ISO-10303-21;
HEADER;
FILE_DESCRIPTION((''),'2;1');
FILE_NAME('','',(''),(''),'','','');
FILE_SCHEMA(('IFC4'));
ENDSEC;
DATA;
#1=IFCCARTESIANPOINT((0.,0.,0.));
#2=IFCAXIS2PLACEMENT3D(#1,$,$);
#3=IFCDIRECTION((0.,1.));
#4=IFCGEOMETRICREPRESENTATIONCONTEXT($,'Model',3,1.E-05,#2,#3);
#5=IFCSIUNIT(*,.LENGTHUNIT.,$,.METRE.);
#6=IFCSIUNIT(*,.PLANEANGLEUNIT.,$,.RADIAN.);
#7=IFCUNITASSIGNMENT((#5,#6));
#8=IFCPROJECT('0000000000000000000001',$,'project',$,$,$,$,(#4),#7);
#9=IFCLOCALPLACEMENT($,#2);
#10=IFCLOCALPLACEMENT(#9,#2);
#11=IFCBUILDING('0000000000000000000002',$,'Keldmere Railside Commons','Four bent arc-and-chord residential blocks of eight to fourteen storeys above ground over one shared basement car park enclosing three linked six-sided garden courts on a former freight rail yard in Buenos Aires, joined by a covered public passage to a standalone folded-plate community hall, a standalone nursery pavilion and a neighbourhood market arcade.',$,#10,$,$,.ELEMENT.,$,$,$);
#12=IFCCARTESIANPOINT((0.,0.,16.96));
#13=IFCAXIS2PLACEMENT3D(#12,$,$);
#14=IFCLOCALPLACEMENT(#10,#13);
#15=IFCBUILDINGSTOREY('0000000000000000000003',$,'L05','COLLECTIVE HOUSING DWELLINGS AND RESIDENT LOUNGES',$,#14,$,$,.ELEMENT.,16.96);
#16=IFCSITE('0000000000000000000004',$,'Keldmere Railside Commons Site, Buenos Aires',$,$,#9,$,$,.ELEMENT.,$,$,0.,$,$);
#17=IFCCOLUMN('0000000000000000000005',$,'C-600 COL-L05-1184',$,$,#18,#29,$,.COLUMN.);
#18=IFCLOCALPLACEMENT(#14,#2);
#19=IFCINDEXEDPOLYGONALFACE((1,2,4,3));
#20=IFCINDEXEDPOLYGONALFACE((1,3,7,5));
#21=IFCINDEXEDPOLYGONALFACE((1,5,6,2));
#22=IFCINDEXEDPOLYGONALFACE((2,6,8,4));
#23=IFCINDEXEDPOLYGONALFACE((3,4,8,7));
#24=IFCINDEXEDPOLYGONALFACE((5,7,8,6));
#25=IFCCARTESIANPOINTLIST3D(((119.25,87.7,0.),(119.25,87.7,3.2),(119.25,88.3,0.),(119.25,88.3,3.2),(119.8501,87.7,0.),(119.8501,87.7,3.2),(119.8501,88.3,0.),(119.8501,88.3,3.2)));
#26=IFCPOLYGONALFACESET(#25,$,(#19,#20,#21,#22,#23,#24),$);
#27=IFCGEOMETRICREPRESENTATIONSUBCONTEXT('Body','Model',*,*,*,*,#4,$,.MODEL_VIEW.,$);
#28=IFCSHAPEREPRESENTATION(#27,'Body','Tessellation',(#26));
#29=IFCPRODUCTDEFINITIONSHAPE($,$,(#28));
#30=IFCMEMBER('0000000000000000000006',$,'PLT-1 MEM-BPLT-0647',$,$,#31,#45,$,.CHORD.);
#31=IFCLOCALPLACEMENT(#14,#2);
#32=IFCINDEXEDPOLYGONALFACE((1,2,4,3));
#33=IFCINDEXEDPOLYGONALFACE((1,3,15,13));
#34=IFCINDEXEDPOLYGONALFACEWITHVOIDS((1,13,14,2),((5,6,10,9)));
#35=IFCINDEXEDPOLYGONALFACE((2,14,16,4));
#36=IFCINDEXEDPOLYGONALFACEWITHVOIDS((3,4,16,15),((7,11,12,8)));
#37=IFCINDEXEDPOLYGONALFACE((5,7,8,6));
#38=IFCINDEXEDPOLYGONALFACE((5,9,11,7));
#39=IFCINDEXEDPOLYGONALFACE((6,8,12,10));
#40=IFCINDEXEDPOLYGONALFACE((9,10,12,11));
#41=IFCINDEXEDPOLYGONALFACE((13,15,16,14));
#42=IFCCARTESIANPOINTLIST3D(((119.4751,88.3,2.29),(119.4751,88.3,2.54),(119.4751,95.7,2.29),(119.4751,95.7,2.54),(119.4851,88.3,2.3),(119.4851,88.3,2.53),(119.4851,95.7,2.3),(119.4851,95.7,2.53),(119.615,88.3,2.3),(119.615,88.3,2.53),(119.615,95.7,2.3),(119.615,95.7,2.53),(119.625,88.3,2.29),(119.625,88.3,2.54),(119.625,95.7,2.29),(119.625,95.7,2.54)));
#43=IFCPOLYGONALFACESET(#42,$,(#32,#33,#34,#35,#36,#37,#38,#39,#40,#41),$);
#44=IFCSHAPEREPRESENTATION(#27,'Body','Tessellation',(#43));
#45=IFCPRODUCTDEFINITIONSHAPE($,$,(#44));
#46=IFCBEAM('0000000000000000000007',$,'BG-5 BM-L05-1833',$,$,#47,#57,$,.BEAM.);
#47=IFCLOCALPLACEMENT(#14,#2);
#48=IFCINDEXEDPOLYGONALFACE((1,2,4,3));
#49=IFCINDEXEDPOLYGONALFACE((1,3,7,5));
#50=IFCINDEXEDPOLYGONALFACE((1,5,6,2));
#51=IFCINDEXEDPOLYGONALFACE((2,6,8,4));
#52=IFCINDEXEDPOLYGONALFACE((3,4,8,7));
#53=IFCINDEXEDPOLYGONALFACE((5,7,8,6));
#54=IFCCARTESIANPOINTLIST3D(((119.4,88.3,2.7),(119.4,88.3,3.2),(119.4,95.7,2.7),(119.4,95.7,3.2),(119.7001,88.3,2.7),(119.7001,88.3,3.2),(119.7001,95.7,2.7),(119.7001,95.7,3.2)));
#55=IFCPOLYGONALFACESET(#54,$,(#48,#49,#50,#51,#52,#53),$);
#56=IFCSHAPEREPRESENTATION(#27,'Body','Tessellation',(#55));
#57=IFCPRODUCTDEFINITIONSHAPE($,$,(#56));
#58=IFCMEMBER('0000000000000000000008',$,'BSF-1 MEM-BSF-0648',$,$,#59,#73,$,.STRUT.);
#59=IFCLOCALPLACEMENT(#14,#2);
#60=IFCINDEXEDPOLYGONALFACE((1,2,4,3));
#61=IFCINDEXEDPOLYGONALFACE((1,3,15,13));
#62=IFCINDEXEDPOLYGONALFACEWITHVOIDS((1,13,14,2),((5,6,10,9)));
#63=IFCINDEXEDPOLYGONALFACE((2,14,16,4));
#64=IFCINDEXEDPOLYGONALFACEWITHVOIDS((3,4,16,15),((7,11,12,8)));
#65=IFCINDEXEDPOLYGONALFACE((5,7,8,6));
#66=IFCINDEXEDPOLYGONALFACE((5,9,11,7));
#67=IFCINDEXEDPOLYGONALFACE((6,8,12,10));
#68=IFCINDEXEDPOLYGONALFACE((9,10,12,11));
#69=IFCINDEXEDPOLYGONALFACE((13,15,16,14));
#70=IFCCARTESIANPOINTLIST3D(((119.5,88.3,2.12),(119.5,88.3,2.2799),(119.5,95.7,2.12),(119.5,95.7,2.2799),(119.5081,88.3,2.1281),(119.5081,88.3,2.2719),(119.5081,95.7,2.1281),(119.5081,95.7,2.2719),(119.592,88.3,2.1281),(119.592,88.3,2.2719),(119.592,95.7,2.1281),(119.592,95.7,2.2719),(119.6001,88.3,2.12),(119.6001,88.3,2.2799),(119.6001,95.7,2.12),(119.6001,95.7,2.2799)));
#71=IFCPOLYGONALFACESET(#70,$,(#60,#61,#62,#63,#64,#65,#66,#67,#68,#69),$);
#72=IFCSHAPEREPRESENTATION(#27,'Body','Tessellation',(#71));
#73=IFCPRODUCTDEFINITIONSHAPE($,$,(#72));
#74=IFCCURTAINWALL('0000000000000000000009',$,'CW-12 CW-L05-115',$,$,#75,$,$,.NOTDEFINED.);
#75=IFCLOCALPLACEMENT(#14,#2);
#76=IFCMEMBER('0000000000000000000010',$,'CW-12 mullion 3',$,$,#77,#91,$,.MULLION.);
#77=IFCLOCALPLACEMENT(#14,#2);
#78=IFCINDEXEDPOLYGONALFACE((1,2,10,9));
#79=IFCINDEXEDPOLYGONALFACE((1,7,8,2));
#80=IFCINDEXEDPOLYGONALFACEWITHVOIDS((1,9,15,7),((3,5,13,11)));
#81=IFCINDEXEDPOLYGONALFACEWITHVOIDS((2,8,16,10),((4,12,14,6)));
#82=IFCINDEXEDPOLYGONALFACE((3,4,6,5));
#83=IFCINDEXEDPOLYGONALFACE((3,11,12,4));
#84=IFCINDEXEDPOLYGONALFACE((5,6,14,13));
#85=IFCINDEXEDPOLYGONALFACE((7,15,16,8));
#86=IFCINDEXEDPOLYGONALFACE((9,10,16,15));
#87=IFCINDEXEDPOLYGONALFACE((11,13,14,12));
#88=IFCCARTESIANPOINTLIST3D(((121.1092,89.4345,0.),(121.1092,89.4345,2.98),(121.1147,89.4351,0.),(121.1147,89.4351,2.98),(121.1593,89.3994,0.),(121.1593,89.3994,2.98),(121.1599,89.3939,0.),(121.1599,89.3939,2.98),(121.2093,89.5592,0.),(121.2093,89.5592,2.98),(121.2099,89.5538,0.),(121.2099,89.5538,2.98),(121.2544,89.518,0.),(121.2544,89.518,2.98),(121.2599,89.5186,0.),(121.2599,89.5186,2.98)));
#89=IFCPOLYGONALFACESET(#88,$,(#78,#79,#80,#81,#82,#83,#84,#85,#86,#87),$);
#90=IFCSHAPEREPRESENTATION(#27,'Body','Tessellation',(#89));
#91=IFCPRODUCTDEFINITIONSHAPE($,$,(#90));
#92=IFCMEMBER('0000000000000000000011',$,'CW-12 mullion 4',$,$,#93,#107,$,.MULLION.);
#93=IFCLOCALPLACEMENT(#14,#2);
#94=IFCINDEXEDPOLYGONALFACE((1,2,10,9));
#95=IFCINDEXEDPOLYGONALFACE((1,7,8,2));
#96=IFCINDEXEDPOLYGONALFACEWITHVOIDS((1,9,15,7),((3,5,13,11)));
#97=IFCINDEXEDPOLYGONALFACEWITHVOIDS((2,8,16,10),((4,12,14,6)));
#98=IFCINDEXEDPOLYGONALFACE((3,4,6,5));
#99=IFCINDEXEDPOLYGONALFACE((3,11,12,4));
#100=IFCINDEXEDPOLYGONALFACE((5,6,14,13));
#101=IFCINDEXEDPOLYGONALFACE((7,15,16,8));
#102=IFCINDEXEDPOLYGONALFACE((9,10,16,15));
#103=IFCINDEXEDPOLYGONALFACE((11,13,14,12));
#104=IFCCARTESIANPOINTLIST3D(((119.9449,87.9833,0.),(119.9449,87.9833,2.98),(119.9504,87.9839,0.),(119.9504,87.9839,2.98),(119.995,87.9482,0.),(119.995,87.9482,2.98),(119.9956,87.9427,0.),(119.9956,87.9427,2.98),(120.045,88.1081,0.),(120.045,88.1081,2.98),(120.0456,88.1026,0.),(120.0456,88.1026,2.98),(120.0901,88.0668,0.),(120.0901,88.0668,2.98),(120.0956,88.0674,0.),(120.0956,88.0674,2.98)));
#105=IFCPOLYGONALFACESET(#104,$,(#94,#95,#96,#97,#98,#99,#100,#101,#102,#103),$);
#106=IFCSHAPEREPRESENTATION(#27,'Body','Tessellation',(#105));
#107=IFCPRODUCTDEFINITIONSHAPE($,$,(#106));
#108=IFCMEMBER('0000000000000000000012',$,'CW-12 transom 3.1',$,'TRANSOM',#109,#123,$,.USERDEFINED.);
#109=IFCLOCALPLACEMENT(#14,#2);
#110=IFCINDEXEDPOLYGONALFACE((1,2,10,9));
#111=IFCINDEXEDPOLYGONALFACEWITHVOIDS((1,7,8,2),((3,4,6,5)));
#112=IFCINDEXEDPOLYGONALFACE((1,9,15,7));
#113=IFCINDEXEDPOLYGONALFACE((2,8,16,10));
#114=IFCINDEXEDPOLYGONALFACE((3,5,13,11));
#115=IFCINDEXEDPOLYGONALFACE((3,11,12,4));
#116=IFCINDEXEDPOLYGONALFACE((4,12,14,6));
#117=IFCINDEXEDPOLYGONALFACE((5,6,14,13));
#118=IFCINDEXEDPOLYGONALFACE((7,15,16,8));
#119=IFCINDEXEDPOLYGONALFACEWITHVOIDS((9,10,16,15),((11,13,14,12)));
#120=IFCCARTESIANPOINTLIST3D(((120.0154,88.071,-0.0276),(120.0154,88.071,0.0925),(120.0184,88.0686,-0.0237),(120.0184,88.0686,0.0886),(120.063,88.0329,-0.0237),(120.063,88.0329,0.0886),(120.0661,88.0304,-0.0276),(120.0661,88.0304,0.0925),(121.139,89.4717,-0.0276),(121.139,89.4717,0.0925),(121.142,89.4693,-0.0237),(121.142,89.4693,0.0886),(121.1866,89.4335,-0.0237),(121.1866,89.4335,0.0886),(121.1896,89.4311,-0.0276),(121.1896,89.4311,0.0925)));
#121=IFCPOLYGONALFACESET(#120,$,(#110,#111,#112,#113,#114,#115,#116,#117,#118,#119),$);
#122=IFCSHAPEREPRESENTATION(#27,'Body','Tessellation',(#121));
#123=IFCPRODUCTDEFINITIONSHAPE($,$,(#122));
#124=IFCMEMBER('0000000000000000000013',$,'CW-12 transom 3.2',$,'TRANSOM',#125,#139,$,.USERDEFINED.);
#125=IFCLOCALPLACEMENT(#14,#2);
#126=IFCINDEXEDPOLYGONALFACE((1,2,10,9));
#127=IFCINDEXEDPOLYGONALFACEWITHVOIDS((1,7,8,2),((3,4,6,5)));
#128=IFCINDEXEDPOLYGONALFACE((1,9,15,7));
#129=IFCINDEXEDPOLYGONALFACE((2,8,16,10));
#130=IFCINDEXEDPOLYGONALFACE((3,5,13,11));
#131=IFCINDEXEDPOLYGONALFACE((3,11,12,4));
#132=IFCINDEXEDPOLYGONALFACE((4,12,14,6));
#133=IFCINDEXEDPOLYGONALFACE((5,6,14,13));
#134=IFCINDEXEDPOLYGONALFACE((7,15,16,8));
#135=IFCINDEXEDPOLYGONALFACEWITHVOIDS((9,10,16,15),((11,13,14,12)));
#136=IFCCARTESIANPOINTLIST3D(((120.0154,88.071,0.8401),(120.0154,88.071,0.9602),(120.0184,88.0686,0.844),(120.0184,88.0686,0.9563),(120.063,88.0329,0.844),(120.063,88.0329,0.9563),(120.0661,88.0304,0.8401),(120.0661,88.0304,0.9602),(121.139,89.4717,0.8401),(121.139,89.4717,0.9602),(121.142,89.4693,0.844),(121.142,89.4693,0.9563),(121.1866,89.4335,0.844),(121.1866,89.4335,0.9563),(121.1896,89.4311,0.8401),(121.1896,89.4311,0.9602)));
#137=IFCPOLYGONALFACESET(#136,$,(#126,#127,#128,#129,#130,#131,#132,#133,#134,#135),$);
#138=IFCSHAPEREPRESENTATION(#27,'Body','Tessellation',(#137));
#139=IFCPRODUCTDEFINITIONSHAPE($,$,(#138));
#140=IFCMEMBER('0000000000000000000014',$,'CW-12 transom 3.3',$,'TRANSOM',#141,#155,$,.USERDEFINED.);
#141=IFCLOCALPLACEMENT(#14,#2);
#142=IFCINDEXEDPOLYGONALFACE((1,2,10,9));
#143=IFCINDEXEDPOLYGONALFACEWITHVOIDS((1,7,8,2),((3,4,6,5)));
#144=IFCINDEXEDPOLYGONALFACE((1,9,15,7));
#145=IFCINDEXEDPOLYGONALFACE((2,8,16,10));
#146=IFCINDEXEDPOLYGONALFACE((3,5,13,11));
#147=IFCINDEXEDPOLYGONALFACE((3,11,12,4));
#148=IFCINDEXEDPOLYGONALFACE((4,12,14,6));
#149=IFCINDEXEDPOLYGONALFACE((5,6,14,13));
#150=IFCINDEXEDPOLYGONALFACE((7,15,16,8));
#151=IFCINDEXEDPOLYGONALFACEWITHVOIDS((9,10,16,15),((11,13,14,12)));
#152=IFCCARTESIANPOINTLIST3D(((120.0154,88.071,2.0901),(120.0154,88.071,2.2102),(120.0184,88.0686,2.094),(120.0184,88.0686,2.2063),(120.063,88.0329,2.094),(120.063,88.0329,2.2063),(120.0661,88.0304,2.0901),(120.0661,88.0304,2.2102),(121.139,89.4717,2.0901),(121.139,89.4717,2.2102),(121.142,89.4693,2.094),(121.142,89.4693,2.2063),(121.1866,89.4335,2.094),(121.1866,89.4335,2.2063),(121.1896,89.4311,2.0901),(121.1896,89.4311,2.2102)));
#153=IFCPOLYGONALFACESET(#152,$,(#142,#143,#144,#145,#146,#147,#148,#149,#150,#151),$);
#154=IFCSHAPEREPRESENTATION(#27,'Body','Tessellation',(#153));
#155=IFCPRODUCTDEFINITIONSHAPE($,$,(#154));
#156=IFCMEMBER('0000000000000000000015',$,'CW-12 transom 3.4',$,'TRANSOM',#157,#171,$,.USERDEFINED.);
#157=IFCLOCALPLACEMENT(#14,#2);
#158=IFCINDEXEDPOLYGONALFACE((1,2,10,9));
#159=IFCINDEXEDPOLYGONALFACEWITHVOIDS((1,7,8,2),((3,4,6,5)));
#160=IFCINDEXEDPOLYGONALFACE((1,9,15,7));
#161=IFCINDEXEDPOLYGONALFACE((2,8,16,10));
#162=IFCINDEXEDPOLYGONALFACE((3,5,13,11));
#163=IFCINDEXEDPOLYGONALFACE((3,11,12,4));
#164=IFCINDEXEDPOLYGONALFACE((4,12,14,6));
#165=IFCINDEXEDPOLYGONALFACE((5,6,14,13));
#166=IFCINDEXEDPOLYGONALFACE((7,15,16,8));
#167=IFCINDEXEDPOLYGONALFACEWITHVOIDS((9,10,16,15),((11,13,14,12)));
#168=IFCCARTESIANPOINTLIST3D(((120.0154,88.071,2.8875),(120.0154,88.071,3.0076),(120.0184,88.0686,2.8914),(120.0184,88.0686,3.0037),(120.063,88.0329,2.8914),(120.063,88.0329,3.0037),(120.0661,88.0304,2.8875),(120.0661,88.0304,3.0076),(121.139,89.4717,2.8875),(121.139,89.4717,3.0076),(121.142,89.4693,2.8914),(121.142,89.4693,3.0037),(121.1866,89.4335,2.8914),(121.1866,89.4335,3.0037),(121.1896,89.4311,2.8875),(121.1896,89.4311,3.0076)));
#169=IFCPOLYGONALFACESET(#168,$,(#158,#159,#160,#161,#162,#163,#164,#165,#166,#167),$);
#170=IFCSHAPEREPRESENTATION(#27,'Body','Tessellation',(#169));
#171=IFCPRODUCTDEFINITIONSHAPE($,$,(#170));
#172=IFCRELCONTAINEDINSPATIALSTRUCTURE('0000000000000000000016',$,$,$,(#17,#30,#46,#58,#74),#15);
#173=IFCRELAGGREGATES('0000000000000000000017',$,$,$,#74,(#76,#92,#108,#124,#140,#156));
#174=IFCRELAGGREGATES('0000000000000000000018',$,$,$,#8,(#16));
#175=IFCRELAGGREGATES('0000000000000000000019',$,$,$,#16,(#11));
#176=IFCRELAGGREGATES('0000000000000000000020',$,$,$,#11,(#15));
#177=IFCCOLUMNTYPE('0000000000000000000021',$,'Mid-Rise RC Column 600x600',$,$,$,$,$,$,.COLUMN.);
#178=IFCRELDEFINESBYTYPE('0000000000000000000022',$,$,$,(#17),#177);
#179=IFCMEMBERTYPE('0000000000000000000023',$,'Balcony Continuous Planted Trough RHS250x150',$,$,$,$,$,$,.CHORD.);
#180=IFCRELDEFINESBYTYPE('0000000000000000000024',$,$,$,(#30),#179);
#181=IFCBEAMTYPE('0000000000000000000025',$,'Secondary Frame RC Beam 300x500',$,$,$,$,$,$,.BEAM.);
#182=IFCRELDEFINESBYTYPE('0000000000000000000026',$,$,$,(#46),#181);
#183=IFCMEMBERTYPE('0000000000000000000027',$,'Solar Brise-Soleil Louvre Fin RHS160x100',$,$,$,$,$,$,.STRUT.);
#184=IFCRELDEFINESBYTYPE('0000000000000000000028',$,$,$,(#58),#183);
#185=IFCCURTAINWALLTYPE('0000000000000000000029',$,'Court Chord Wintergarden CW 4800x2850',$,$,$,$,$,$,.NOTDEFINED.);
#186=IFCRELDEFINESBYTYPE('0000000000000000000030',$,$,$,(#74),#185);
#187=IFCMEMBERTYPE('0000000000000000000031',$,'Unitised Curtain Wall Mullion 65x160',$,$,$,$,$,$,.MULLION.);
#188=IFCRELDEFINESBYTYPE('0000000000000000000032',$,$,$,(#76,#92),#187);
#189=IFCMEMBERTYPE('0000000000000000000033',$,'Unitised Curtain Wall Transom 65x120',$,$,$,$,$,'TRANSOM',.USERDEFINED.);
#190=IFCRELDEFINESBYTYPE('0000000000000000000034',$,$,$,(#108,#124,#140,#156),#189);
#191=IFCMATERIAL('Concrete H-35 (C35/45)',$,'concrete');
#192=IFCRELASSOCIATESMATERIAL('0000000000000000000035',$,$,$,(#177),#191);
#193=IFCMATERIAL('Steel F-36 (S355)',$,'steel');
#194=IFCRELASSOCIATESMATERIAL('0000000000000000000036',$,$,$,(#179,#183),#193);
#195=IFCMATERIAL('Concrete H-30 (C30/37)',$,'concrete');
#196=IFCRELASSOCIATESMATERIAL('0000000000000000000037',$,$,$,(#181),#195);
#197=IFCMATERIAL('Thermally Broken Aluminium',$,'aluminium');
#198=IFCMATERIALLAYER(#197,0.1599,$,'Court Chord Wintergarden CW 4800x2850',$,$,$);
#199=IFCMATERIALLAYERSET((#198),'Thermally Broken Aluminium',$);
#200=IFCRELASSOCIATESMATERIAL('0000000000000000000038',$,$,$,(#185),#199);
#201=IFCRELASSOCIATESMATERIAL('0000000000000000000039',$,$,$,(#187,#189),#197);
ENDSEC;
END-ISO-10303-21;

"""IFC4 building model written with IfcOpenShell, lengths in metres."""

from ifc_helpers import new_model, si_unit, direction, frame, origin, origin_2d, place, context, subcontext, project, spatial, rectangle, hollow_rectangle, extrude, material, layer, layer_set, material_profile, profile_set, type_object, element, aggregate, save


model = new_model("IFC4")

# Units and contexts
model_context = context("Model", 3, precision=1e-05, world=origin(), true_north=direction((0.0, 1.0)))
body_context = subcontext(model_context, "Body", "Model", "MODEL_VIEW")
ifc_project = project(units=[si_unit("LENGTHUNIT", "METRE"), si_unit("PLANEANGLEUNIT", "RADIAN")], contexts=[model_context])

# Site, building, storey
site_placement = place(None, origin())
site = spatial("IfcSite", under=ifc_project, at=site_placement, Name="Keldmere Railside Commons Site, Buenos Aires", CompositionType="ELEMENT", RefElevation=0.0)
building_placement = place(site_placement, origin())
building = spatial("IfcBuilding", under=site, at=building_placement, Name="Keldmere Railside Commons", Description="Four bent arc-and-chord residential blocks of eight to fourteen storeys above ground over one shared basement car park enclosing three linked six-sided garden courts on a former freight rail yard in Buenos Aires, joined by a covered public passage to a standalone folded-plate community hall, a standalone nursery pavilion and a neighbourhood market arcade.", CompositionType="ELEMENT")
storey_placement = place(building_placement, frame((0.0, 0.0, 16.96)))
storey = spatial("IfcBuildingStorey", under=building, at=storey_placement, Name="L05", Description="COLLECTIVE HOUSING DWELLINGS AND RESIDENT LOUNGES", CompositionType="ELEMENT", Elevation=16.96)

# Column
ifc_material_1 = material(Name="Concrete H-35 (C35/45)", Category="concrete")
ifc_material_profile_1 = material_profile(ifc_material_1, rectangle(XDim=0.6001, YDim=0.6001, at=origin_2d()), Name="RC-600x600")
ifc_profile_set_1 = profile_set([ifc_material_profile_1], Name="Concrete H-35 (C35/45)")
column_type = type_object("IfcColumnType", Name="Mid-Rise RC Column 600x600", PredefinedType="COLUMN", material=ifc_profile_set_1)
column_placement = place(storey_placement, frame((119.55, 88.0, 0.0), z_axis=(0.0, 0.0, 1.0), x_axis=(1.0, 0.0, 0.0)))
element("IfcColumn", 1, at=column_placement, inside=storey, type_object=column_type, Name="C-600 COL-L05-1184", PredefinedType="COLUMN", context=body_context, shape_type="SweptSolid", body=[
    extrude(rectangle(XDim=0.6001, YDim=0.6001, at=origin_2d()), origin(), (0.0, 0.0, 1.0), 3.2),
])

# Member
ifc_material_2 = material(Name="Steel F-36 (S355)", Category="steel")
ifc_material_profile_2 = material_profile(ifc_material_2, hollow_rectangle(XDim=0.1499, YDim=0.25, WallThickness=0.01, at=origin_2d()), Name="RHS-250x150x10")
ifc_profile_set_2 = profile_set([ifc_material_profile_2], Name="Steel F-36 (S355)")
member_type_1 = type_object("IfcMemberType", Name="Balcony Continuous Planted Trough RHS250x150", PredefinedType="CHORD", material=ifc_profile_set_2)
member_1_placement = place(storey_placement, frame((119.55, 88.3, 2.415), z_axis=(0.0, 1.0, 0.0), x_axis=(-1.0, 0.0, 0.0)))
element("IfcMember", 2, at=member_1_placement, inside=storey, type_object=member_type_1, Name="PLT-1 MEM-BPLT-0647", PredefinedType="CHORD", context=body_context, shape_type="SweptSolid", body=[
    extrude(hollow_rectangle(XDim=0.1499, YDim=0.25, WallThickness=0.01, at=origin_2d()), origin(), (0.0, 0.0, 1.0), 7.3999),
])

# Beam
ifc_material_3 = material(Name="Concrete H-30 (C30/37)", Category="concrete")
ifc_material_profile_3 = material_profile(ifc_material_3, rectangle(XDim=0.3, YDim=0.5, at=origin_2d()), Name="RC-300x500")
ifc_profile_set_3 = profile_set([ifc_material_profile_3], Name="Concrete H-30 (C30/37)")
beam_type = type_object("IfcBeamType", Name="Secondary Frame RC Beam 300x500", PredefinedType="BEAM", material=ifc_profile_set_3)
beam_placement = place(storey_placement, frame((119.55, 88.3, 2.95), z_axis=(0.0, 1.0, 0.0), x_axis=(-1.0, 0.0, 0.0)))
element("IfcBeam", 3, at=beam_placement, inside=storey, type_object=beam_type, Name="BG-5 BM-L05-1833", PredefinedType="BEAM", context=body_context, shape_type="SweptSolid", body=[
    extrude(rectangle(XDim=0.3, YDim=0.5, at=origin_2d()), origin(), (0.0, 0.0, 1.0), 7.3999),
])

# Member
ifc_material_profile_4 = material_profile(ifc_material_2, hollow_rectangle(XDim=0.1001, YDim=0.1599, WallThickness=0.0081, at=origin_2d()), Name="RHS-160x100x8")
ifc_profile_set_4 = profile_set([ifc_material_profile_4], Name="Steel F-36 (S355)")
member_type_2 = type_object("IfcMemberType", Name="Solar Brise-Soleil Louvre Fin RHS160x100", PredefinedType="STRUT", material=ifc_profile_set_4)
member_2_placement = place(storey_placement, frame((119.55, 88.3, 2.2), z_axis=(0.0, 1.0, 0.0), x_axis=(-1.0, 0.0, 0.0)))
element("IfcMember", 4, at=member_2_placement, inside=storey, type_object=member_type_2, Name="BSF-1 MEM-BSF-0648", PredefinedType="STRUT", context=body_context, shape_type="SweptSolid", body=[
    extrude(hollow_rectangle(XDim=0.1001, YDim=0.1599, WallThickness=0.0081, at=origin_2d()), origin(), (0.0, 0.0, 1.0), 7.3999),
])

# Curtain wall, members
ifc_material_4 = material(Name="Thermally Broken Aluminium", Category="aluminium")
ifc_layer_1 = layer(ifc_material_4, 0.1599, Name="Court Chord Wintergarden CW 4800x2850")
ifc_layer_set_1 = layer_set([ifc_layer_1], Name="Thermally Broken Aluminium")
curtain_wall_type = type_object("IfcCurtainWallType", Name="Court Chord Wintergarden CW 4800x2850", PredefinedType="NOTDEFINED", material=ifc_layer_set_1)
curtain_wall_placement = place(storey_placement, origin())
curtain_wall = element("IfcCurtainWall", 5, at=curtain_wall_placement, inside=storey, type_object=curtain_wall_type, Name="CW-12 CW-L05-115", PredefinedType="NOTDEFINED")
ifc_material_profile_5 = material_profile(ifc_material_4, hollow_rectangle(XDim=0.0649, YDim=0.1599, WallThickness=0.0039, at=origin_2d()), Name="ALU-MULL-65x160")
ifc_profile_set_5 = profile_set([ifc_material_profile_5], Name="Thermally Broken Aluminium")
member_type_3 = type_object("IfcMemberType", Name="Unitised Curtain Wall Mullion 65x160", PredefinedType="MULLION", material=ifc_profile_set_5)
member_3_placement = place(storey_placement, frame((121.1846, 89.4766, 0.0), z_axis=(0.0, 0.0, 1.0), x_axis=(0.780009, -0.625768, 0.0)))
member_3 = element("IfcMember", 6, at=member_3_placement, type_object=member_type_3, Name="CW-12 mullion 3", PredefinedType="MULLION", context=body_context, shape_type="SweptSolid", body=[
    extrude(hollow_rectangle(XDim=0.0649, YDim=0.1599, WallThickness=0.0039, at=origin_2d()), origin(), (0.0, 0.0, 1.0), 2.98),
])
member_4_placement = place(storey_placement, frame((120.0203, 88.0254, 0.0), z_axis=(0.0, 0.0, 1.0), x_axis=(0.780009, -0.625768, 0.0)))
member_4 = element("IfcMember", 7, at=member_4_placement, type_object=member_type_3, Name="CW-12 mullion 4", PredefinedType="MULLION", context=body_context, shape_type="SweptSolid", body=[
    extrude(hollow_rectangle(XDim=0.0649, YDim=0.1599, WallThickness=0.0039, at=origin_2d()), origin(), (0.0, 0.0, 1.0), 2.98),
])
ifc_material_profile_6 = material_profile(ifc_material_4, hollow_rectangle(XDim=0.0649, YDim=0.1201, WallThickness=0.0039, at=origin_2d()), Name="ALU-TRAN-65x120")
ifc_profile_set_6 = profile_set([ifc_material_profile_6], Name="Thermally Broken Aluminium")
member_type_4 = type_object("IfcMemberType", Name="Unitised Curtain Wall Transom 65x120", ElementType="TRANSOM", PredefinedType="USERDEFINED", material=ifc_profile_set_6)
member_5_placement = place(storey_placement, frame((121.1643, 89.4514, 0.0325), z_axis=(-0.625723, -0.780046, 0.0), x_axis=(0.780046, -0.625723, 0.0)))
member_5 = element("IfcMember", 8, at=member_5_placement, type_object=member_type_4, Name="CW-12 transom 3.1", ObjectType="TRANSOM", PredefinedType="USERDEFINED", context=body_context, shape_type="SweptSolid", body=[
    extrude(hollow_rectangle(XDim=0.0649, YDim=0.1201, WallThickness=0.0039, at=origin_2d()), origin(), (0.0, 0.0, 1.0), 1.7957),
])
member_6_placement = place(storey_placement, frame((121.1643, 89.4514, 0.9001), z_axis=(-0.625723, -0.780046, 0.0), x_axis=(0.780046, -0.625723, 0.0)))
member_6 = element("IfcMember", 9, at=member_6_placement, type_object=member_type_4, Name="CW-12 transom 3.2", ObjectType="TRANSOM", PredefinedType="USERDEFINED", context=body_context, shape_type="SweptSolid", body=[
    extrude(hollow_rectangle(XDim=0.0649, YDim=0.1201, WallThickness=0.0039, at=origin_2d()), origin(), (0.0, 0.0, 1.0), 1.7957),
])
member_7_placement = place(storey_placement, frame((121.1643, 89.4514, 2.1501), z_axis=(-0.625723, -0.780046, 0.0), x_axis=(0.780046, -0.625723, 0.0)))
member_7 = element("IfcMember", 10, at=member_7_placement, type_object=member_type_4, Name="CW-12 transom 3.3", ObjectType="TRANSOM", PredefinedType="USERDEFINED", context=body_context, shape_type="SweptSolid", body=[
    extrude(hollow_rectangle(XDim=0.0649, YDim=0.1201, WallThickness=0.0039, at=origin_2d()), origin(), (0.0, 0.0, 1.0), 1.7957),
])
member_8_placement = place(storey_placement, frame((121.1643, 89.4514, 2.9475), z_axis=(-0.625723, -0.780046, 0.0), x_axis=(0.780046, -0.625723, 0.0)))
member_8 = element("IfcMember", 11, at=member_8_placement, type_object=member_type_4, Name="CW-12 transom 3.4", ObjectType="TRANSOM", PredefinedType="USERDEFINED", context=body_context, shape_type="SweptSolid", body=[
    extrude(hollow_rectangle(XDim=0.0649, YDim=0.1201, WallThickness=0.0039, at=origin_2d()), origin(), (0.0, 0.0, 1.0), 1.7957),
])
aggregate(curtain_wall, [member_3, member_4, member_5, member_6, member_7, member_8])

save(model, "model.ifc")
